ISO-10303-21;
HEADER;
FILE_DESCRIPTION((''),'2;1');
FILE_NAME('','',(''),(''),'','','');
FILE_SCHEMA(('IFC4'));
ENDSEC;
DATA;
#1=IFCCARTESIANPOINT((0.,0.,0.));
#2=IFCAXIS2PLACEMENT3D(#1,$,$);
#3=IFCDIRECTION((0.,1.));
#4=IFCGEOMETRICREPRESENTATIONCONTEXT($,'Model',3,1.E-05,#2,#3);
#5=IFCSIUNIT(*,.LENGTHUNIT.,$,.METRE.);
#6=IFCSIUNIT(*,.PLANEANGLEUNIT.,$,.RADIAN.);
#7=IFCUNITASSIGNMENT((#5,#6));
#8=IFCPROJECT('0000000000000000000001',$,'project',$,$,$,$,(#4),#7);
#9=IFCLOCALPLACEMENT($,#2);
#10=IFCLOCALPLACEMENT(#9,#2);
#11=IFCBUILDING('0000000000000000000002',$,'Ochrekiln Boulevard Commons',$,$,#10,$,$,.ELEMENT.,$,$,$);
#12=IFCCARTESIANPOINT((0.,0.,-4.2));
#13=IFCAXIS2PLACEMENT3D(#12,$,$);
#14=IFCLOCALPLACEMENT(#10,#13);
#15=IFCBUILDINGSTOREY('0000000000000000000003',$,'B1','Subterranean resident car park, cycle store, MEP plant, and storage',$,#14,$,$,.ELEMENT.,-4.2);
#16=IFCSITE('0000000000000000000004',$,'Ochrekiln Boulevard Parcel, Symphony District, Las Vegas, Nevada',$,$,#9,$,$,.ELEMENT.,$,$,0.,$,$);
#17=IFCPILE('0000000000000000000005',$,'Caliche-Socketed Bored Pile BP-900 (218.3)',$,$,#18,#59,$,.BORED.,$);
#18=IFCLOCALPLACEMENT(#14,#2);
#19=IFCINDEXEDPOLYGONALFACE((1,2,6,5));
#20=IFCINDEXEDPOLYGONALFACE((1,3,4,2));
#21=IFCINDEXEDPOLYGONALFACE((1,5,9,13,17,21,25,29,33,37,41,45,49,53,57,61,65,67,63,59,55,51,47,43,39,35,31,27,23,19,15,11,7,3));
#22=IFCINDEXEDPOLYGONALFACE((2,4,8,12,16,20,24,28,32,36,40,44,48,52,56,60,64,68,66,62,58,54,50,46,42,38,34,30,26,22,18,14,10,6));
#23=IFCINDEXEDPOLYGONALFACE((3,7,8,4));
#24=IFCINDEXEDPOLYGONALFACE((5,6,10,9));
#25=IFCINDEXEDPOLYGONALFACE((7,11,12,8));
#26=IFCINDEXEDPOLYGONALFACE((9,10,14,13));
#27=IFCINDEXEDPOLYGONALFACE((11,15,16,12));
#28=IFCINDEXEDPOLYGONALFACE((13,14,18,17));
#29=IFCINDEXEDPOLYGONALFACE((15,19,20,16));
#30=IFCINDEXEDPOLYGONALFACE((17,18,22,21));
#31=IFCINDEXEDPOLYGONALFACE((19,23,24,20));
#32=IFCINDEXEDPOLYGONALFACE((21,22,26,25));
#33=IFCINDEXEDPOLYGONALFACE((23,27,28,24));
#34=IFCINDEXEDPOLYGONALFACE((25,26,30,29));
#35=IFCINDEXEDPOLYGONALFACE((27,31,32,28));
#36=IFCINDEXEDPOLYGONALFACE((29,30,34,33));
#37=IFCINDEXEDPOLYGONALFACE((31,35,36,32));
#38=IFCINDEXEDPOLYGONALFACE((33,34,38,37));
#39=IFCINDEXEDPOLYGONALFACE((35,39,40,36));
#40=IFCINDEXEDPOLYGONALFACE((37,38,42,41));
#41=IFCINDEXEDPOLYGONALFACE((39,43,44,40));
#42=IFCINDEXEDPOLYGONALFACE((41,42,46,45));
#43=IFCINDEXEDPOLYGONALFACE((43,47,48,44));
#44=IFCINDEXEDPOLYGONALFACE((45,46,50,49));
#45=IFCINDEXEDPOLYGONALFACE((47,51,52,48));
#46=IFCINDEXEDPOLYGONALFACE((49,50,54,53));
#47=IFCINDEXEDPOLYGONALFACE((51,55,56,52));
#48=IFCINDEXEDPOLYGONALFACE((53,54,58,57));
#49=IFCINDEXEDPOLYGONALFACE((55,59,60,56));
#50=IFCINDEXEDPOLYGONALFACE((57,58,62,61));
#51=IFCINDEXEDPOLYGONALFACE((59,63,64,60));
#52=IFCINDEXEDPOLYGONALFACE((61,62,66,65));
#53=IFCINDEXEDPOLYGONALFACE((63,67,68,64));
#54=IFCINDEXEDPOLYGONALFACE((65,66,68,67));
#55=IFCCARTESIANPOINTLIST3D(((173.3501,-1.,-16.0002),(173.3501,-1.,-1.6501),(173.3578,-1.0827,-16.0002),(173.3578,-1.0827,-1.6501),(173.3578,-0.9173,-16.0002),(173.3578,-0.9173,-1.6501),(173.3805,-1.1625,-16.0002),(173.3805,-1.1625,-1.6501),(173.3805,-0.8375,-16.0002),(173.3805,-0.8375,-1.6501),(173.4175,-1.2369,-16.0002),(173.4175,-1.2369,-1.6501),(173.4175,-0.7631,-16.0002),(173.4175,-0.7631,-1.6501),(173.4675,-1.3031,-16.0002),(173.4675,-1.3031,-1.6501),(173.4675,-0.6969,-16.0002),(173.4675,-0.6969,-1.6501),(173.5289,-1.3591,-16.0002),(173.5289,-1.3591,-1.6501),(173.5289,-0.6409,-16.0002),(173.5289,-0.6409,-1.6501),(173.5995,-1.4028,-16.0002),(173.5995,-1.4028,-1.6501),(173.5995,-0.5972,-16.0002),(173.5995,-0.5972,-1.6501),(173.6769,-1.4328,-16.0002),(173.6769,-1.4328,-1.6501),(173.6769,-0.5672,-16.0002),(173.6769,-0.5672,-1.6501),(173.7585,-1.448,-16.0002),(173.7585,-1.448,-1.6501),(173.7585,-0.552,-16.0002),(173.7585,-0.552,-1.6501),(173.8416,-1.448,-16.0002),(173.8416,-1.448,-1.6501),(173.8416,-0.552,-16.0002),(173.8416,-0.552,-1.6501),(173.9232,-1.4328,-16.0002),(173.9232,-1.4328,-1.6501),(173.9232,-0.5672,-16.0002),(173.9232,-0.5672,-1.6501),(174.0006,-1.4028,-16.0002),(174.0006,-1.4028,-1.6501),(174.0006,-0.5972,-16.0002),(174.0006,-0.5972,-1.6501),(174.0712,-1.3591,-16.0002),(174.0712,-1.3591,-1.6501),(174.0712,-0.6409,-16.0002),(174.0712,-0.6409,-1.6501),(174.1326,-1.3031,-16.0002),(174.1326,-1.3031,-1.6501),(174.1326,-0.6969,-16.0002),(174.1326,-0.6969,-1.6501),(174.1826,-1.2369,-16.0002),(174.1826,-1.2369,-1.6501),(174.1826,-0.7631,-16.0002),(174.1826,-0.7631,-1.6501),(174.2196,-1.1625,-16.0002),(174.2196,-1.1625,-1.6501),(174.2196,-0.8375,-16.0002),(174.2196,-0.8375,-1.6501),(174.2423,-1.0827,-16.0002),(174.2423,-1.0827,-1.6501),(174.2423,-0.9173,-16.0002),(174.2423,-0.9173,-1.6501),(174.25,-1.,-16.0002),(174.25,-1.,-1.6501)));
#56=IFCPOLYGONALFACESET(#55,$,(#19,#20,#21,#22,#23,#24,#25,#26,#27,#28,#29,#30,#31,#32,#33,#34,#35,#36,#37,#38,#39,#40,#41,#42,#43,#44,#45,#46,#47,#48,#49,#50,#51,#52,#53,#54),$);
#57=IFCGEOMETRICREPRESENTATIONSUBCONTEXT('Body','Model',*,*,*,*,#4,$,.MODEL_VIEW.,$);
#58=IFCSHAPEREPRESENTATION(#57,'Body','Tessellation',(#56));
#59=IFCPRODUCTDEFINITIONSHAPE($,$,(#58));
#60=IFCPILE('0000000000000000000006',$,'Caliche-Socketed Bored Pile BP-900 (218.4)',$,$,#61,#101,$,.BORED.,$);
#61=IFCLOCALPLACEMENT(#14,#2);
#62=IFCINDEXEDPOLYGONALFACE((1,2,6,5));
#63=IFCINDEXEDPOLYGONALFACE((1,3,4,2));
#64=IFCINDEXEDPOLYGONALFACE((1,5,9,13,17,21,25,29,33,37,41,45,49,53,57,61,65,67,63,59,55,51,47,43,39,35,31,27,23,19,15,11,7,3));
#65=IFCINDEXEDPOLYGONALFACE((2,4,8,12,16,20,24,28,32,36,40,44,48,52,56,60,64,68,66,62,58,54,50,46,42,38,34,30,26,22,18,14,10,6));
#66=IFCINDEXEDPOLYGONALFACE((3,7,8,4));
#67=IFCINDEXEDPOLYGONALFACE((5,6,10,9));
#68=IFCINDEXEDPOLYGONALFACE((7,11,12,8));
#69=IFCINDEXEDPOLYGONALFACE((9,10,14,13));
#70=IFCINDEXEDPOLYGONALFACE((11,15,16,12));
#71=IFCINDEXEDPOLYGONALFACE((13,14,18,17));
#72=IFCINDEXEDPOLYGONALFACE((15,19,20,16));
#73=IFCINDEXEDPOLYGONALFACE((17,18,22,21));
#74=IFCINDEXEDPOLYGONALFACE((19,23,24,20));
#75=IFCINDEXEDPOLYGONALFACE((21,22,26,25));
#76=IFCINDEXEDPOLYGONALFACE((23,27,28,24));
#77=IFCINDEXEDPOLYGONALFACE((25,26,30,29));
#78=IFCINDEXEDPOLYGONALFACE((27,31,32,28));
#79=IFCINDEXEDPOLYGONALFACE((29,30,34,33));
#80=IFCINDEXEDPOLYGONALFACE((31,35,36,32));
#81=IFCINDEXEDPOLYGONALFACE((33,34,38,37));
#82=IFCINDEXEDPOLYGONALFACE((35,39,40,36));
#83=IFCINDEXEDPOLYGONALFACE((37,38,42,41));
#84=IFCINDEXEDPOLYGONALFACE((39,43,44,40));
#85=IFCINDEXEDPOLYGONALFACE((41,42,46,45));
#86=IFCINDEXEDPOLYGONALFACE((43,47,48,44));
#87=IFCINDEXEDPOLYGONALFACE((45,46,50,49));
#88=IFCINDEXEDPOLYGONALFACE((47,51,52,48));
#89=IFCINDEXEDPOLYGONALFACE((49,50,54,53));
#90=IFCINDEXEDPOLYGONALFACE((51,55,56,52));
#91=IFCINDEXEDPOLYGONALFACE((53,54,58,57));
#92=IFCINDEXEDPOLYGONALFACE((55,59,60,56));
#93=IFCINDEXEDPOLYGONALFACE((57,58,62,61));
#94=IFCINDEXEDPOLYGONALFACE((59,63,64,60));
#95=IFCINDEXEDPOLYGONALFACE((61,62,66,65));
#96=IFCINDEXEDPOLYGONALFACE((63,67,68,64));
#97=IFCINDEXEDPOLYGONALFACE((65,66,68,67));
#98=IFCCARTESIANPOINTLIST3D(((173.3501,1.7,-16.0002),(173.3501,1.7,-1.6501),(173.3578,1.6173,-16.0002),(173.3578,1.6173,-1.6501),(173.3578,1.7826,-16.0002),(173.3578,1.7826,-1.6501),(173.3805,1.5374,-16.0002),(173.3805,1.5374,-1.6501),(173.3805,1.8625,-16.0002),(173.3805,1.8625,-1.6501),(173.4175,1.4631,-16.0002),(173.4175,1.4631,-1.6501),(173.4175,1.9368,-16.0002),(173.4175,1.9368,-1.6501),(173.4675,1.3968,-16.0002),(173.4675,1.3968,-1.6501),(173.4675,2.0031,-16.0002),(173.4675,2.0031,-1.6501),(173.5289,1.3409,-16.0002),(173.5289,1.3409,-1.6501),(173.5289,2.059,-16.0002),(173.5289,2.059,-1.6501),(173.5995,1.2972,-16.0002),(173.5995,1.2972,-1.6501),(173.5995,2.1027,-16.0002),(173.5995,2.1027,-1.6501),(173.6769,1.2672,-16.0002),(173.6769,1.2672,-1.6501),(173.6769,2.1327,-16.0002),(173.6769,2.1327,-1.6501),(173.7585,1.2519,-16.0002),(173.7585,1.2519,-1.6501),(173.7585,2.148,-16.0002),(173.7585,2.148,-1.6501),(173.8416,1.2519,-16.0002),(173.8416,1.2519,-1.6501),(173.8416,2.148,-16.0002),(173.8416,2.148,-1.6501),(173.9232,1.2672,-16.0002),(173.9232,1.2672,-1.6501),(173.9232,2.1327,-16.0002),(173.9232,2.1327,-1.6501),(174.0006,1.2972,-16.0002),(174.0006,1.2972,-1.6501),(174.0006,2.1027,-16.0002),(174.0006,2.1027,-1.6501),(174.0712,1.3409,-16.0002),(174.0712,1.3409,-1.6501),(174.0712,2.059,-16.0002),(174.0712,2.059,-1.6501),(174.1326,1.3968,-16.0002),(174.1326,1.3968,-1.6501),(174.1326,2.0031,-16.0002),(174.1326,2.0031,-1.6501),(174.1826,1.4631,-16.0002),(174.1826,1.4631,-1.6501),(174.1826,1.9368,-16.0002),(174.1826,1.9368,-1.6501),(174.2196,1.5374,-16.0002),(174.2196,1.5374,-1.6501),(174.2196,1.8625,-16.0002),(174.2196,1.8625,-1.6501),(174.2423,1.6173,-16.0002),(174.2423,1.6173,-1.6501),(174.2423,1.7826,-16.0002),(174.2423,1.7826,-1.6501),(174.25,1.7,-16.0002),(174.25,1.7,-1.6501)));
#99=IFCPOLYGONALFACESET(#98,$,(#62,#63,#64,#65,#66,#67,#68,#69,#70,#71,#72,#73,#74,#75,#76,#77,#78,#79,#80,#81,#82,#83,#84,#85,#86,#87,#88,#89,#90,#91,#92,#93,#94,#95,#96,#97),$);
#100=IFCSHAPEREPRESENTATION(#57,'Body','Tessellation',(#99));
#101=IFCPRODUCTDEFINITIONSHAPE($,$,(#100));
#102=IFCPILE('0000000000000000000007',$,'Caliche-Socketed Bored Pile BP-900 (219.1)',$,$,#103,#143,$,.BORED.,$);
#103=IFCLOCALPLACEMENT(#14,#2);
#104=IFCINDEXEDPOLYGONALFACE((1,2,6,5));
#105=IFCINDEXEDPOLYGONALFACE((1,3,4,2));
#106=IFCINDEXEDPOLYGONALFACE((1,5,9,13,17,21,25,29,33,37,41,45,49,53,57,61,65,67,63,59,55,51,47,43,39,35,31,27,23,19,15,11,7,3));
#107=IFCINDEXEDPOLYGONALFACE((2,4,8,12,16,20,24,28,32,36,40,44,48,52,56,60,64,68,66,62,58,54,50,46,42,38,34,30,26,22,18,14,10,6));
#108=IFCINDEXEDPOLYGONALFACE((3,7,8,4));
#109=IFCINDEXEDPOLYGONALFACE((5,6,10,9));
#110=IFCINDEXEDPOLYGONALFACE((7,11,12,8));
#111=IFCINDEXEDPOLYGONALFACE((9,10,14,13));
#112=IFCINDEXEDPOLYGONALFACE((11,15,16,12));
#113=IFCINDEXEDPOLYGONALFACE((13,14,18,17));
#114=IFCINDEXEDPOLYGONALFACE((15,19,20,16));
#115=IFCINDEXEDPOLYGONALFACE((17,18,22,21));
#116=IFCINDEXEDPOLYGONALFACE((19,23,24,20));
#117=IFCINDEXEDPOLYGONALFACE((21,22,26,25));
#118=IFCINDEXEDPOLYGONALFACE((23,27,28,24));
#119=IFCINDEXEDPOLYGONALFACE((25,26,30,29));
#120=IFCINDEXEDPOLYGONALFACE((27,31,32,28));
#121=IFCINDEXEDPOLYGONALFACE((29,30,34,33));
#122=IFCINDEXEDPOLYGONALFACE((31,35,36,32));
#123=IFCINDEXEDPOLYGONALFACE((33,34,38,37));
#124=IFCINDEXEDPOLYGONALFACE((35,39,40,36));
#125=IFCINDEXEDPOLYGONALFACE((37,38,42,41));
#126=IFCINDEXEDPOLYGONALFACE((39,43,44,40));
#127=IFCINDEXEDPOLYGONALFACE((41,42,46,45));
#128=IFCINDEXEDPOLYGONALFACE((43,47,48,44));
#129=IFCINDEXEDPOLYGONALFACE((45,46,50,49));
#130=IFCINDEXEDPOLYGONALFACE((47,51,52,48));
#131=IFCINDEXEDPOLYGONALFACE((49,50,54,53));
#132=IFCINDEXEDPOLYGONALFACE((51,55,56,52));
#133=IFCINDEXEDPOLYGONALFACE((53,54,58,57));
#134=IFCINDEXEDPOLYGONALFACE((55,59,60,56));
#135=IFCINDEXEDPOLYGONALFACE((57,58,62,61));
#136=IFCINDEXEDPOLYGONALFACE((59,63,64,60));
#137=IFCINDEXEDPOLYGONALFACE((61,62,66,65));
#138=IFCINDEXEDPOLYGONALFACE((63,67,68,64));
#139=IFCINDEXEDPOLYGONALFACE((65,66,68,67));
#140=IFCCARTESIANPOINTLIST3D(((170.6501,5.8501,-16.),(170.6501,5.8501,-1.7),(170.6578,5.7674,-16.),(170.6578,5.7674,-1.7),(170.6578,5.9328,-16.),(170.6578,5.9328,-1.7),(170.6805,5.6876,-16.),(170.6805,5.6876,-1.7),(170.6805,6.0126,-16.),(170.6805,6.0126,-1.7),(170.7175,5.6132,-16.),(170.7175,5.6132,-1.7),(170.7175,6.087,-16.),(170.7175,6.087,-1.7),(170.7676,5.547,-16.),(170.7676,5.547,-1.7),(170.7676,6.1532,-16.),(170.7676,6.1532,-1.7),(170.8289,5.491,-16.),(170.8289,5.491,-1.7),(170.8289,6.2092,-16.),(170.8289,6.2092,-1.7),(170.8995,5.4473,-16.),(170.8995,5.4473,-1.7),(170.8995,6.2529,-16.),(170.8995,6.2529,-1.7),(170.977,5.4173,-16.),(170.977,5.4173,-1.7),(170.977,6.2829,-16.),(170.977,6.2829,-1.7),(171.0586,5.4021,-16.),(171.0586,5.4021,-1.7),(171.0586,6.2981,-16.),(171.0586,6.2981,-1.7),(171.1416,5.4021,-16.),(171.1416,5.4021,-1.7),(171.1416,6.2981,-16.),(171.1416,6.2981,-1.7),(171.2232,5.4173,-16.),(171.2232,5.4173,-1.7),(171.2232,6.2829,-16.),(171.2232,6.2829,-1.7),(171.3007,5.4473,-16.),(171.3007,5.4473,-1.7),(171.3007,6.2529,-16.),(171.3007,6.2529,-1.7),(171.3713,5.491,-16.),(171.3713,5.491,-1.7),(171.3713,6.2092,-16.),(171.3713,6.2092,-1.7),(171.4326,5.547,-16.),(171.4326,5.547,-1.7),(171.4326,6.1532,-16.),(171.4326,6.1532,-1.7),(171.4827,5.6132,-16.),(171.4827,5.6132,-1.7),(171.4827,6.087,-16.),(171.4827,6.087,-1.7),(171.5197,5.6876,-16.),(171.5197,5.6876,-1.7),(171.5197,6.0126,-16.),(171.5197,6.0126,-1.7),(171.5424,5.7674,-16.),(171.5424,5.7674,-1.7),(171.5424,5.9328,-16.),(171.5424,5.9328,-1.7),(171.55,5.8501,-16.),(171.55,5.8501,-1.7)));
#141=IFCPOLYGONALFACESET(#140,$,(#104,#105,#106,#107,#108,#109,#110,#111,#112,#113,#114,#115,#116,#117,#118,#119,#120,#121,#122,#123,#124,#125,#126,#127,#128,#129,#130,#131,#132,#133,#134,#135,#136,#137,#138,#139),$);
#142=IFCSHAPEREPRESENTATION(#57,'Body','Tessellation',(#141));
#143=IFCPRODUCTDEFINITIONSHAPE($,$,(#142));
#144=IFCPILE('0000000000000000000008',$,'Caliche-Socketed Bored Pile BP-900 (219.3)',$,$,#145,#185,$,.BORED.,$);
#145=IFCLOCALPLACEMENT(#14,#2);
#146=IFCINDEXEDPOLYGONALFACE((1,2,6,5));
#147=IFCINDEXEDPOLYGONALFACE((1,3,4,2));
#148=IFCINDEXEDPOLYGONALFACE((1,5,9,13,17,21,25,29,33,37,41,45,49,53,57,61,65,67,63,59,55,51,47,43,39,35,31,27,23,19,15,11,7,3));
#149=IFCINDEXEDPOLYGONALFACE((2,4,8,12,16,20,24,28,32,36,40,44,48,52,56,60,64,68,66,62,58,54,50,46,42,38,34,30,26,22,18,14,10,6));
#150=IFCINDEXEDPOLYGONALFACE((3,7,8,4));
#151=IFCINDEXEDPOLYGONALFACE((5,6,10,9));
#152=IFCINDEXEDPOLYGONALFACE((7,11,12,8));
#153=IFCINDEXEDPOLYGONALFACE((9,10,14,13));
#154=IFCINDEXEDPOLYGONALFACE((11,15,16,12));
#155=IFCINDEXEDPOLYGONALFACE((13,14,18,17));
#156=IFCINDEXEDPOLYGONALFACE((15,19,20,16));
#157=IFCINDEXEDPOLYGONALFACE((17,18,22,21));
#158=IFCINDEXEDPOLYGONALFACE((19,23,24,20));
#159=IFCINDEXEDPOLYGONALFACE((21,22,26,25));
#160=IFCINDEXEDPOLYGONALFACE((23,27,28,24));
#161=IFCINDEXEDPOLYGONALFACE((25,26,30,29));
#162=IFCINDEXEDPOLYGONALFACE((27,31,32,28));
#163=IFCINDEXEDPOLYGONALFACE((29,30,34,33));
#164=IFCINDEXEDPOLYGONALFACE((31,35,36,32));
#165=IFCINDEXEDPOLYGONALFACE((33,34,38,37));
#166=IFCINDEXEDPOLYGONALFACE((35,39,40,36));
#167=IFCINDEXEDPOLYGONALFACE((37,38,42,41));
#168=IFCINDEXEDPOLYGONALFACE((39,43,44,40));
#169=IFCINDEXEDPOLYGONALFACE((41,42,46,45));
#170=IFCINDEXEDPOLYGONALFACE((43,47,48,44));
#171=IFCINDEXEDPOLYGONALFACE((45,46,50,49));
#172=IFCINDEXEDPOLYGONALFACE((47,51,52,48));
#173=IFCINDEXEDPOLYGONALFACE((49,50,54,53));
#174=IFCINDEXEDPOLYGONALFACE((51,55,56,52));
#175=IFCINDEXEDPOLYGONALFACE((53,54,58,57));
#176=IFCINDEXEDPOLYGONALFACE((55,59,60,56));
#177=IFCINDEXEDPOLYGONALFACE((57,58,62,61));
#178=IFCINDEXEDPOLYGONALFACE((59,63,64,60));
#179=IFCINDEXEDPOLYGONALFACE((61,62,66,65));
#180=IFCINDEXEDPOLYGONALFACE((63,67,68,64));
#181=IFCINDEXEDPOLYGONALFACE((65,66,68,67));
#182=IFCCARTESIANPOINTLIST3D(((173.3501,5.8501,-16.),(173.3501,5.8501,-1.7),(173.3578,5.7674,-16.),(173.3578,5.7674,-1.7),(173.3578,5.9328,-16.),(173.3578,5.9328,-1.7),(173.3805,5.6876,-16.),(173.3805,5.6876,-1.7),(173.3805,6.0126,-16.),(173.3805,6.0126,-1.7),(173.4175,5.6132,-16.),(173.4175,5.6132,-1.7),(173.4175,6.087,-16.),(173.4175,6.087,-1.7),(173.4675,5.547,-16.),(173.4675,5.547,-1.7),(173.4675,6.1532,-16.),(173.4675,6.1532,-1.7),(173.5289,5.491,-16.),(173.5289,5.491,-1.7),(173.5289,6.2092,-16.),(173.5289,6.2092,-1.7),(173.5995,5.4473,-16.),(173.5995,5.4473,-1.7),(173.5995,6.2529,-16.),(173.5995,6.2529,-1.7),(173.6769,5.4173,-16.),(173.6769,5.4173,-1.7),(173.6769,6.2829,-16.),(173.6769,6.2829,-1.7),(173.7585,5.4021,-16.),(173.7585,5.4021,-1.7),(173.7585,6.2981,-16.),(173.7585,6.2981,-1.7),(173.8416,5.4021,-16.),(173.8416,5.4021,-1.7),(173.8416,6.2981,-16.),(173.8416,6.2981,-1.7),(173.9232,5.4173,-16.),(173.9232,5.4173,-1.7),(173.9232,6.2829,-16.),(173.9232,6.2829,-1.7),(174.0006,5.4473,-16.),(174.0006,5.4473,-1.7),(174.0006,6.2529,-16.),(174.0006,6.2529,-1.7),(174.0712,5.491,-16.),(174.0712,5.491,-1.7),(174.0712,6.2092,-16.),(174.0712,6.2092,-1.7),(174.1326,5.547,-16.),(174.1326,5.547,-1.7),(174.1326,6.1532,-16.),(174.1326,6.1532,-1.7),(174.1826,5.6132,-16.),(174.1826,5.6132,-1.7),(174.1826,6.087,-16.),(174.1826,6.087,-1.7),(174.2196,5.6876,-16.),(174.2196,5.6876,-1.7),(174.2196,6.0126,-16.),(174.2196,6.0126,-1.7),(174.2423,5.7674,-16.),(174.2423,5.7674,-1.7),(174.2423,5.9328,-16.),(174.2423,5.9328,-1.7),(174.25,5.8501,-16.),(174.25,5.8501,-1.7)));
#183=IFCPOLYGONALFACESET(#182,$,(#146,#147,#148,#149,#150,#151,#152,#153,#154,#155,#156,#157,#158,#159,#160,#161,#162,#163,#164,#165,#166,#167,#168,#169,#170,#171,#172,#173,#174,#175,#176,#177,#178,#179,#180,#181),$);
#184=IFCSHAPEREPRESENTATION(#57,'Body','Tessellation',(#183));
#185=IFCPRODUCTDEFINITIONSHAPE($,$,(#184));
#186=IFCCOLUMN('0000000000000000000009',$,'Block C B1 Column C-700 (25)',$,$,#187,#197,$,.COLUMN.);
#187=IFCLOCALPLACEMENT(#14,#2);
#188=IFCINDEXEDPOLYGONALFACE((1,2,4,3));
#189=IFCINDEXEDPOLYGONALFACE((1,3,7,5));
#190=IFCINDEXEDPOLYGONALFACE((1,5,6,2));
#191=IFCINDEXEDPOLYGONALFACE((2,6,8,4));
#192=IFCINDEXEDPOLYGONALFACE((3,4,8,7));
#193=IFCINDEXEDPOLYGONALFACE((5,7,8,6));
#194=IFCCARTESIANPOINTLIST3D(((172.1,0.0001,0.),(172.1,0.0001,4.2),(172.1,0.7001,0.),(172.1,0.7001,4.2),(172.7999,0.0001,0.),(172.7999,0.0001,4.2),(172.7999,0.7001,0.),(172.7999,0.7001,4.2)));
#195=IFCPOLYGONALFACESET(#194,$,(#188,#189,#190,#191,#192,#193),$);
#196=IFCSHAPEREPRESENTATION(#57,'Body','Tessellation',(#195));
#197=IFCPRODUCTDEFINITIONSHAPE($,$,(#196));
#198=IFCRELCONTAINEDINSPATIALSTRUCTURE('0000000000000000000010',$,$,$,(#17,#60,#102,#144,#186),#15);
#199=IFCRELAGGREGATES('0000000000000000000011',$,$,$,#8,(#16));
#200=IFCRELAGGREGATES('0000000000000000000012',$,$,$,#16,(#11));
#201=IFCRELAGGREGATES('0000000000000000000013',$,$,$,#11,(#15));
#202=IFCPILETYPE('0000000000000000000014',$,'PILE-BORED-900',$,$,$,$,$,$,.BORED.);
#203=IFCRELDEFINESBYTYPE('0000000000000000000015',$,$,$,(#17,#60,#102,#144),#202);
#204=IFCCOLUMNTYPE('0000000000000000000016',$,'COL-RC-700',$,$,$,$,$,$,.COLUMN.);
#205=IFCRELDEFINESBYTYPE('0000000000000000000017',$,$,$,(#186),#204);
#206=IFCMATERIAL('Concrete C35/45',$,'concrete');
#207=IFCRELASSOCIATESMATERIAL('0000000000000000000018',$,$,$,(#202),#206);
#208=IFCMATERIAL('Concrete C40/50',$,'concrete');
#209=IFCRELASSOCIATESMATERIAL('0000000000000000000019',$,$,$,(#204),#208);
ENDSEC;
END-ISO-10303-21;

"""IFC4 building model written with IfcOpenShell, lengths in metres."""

from ifc_helpers import new_model, si_unit, direction, frame, origin, origin_2d, place, context, subcontext, project, spatial, rectangle, circle, extrude, material, material_profile, profile_set, type_object, element, save


model = new_model("IFC4")

# Units and contexts
model_context = context("Model", 3, precision=1e-05, world=origin(), true_north=direction((0.0, 1.0)))
body_context = subcontext(model_context, "Body", "Model", "MODEL_VIEW")
ifc_project = project(units=[si_unit("LENGTHUNIT", "METRE"), si_unit("PLANEANGLEUNIT", "RADIAN")], contexts=[model_context])

# Site, building, storey
site_placement = place(None, origin())
site = spatial("IfcSite", under=ifc_project, at=site_placement, Name="Ochrekiln Boulevard Parcel, Symphony District, Las Vegas, Nevada", CompositionType="ELEMENT", RefElevation=0.0)
building_placement = place(site_placement, origin())
building = spatial("IfcBuilding", under=site, at=building_placement, Name="Ochrekiln Boulevard Commons", CompositionType="ELEMENT")
storey_placement = place(building_placement, frame((0.0, 0.0, -4.2)))
storey = spatial("IfcBuildingStorey", under=building, at=storey_placement, Name="B1", Description="Subterranean resident car park, cycle store, MEP plant, and storage", CompositionType="ELEMENT", Elevation=-4.2)

# Shared definitions
ifc_material_1 = material(Name="Concrete C35/45", Category="concrete")

# Piles
ifc_material_profile_1 = material_profile(ifc_material_1, circle(Radius=0.45, at=origin_2d()), Name="PILE-D900")
ifc_profile_set_1 = profile_set([ifc_material_profile_1], Name="Concrete C35/45")
pile_type = type_object("IfcPileType", Name="PILE-BORED-900", PredefinedType="BORED", material=ifc_profile_set_1)
for number, where, z_axis, x_axis, name in (
    (1, (173.8, -1.0, -1.6501), (0.0, 0.0, -1.0), (1.0, 0.0, 0.0), "Caliche-Socketed Bored Pile BP-900 (218.3)"),
    (2, (173.8, 1.7, -1.6501), (0.0, 0.0, -1.0), (1.0, 0.0, 0.0), "Caliche-Socketed Bored Pile BP-900 (218.4)"),
):
    element("IfcPile", number, at=place(storey_placement, frame(where, z_axis=z_axis, x_axis=x_axis)), inside=storey, type_object=pile_type, Name=name, PredefinedType="BORED", context=body_context, shape_type="SweptSolid", body=[
        extrude(circle(Radius=0.45, at=origin_2d()), origin(), (0.0, 0.0, 1.0), 14.3501),
    ])
for number, where, z_axis, x_axis, name in (
    (3, (171.1001, 5.8501, -1.7), (0.0, 0.0, -1.0), (1.0, 0.0, 0.0), "Caliche-Socketed Bored Pile BP-900 (219.1)"),
    (4, (173.8, 5.8501, -1.7), (0.0, 0.0, -1.0), (1.0, 0.0, 0.0), "Caliche-Socketed Bored Pile BP-900 (219.3)"),
):
    element("IfcPile", number, at=place(storey_placement, frame(where, z_axis=z_axis, x_axis=x_axis)), inside=storey, type_object=pile_type, Name=name, PredefinedType="BORED", context=body_context, shape_type="SweptSolid", body=[
        extrude(circle(Radius=0.45, at=origin_2d()), origin(), (0.0, 0.0, 1.0), 14.3),
    ])

# Column
ifc_material_2 = material(Name="Concrete C40/50", Category="concrete")
ifc_material_profile_2 = material_profile(ifc_material_2, rectangle(XDim=0.7, YDim=0.7, at=origin_2d()), Name="RC-COL-700x700")
ifc_profile_set_2 = profile_set([ifc_material_profile_2], Name="Concrete C40/50")
column_type_1 = type_object("IfcColumnType", Name="COL-RC-700", PredefinedType="COLUMN", material=ifc_profile_set_2)
column_1_placement = place(storey_placement, frame((172.45, 0.3501, 0.0), z_axis=(0.0, 0.0, 1.0), x_axis=(1.0, 0.0, 0.0)))
element("IfcColumn", 5, at=column_1_placement, inside=storey, type_object=column_type_1, Name="Block C B1 Column C-700 (25)", PredefinedType="COLUMN", context=body_context, shape_type="SweptSolid", body=[
    extrude(rectangle(XDim=0.7, YDim=0.7, at=origin_2d()), origin(), (0.0, 0.0, 1.0), 4.2),
])

save(model, "model.ifc")
